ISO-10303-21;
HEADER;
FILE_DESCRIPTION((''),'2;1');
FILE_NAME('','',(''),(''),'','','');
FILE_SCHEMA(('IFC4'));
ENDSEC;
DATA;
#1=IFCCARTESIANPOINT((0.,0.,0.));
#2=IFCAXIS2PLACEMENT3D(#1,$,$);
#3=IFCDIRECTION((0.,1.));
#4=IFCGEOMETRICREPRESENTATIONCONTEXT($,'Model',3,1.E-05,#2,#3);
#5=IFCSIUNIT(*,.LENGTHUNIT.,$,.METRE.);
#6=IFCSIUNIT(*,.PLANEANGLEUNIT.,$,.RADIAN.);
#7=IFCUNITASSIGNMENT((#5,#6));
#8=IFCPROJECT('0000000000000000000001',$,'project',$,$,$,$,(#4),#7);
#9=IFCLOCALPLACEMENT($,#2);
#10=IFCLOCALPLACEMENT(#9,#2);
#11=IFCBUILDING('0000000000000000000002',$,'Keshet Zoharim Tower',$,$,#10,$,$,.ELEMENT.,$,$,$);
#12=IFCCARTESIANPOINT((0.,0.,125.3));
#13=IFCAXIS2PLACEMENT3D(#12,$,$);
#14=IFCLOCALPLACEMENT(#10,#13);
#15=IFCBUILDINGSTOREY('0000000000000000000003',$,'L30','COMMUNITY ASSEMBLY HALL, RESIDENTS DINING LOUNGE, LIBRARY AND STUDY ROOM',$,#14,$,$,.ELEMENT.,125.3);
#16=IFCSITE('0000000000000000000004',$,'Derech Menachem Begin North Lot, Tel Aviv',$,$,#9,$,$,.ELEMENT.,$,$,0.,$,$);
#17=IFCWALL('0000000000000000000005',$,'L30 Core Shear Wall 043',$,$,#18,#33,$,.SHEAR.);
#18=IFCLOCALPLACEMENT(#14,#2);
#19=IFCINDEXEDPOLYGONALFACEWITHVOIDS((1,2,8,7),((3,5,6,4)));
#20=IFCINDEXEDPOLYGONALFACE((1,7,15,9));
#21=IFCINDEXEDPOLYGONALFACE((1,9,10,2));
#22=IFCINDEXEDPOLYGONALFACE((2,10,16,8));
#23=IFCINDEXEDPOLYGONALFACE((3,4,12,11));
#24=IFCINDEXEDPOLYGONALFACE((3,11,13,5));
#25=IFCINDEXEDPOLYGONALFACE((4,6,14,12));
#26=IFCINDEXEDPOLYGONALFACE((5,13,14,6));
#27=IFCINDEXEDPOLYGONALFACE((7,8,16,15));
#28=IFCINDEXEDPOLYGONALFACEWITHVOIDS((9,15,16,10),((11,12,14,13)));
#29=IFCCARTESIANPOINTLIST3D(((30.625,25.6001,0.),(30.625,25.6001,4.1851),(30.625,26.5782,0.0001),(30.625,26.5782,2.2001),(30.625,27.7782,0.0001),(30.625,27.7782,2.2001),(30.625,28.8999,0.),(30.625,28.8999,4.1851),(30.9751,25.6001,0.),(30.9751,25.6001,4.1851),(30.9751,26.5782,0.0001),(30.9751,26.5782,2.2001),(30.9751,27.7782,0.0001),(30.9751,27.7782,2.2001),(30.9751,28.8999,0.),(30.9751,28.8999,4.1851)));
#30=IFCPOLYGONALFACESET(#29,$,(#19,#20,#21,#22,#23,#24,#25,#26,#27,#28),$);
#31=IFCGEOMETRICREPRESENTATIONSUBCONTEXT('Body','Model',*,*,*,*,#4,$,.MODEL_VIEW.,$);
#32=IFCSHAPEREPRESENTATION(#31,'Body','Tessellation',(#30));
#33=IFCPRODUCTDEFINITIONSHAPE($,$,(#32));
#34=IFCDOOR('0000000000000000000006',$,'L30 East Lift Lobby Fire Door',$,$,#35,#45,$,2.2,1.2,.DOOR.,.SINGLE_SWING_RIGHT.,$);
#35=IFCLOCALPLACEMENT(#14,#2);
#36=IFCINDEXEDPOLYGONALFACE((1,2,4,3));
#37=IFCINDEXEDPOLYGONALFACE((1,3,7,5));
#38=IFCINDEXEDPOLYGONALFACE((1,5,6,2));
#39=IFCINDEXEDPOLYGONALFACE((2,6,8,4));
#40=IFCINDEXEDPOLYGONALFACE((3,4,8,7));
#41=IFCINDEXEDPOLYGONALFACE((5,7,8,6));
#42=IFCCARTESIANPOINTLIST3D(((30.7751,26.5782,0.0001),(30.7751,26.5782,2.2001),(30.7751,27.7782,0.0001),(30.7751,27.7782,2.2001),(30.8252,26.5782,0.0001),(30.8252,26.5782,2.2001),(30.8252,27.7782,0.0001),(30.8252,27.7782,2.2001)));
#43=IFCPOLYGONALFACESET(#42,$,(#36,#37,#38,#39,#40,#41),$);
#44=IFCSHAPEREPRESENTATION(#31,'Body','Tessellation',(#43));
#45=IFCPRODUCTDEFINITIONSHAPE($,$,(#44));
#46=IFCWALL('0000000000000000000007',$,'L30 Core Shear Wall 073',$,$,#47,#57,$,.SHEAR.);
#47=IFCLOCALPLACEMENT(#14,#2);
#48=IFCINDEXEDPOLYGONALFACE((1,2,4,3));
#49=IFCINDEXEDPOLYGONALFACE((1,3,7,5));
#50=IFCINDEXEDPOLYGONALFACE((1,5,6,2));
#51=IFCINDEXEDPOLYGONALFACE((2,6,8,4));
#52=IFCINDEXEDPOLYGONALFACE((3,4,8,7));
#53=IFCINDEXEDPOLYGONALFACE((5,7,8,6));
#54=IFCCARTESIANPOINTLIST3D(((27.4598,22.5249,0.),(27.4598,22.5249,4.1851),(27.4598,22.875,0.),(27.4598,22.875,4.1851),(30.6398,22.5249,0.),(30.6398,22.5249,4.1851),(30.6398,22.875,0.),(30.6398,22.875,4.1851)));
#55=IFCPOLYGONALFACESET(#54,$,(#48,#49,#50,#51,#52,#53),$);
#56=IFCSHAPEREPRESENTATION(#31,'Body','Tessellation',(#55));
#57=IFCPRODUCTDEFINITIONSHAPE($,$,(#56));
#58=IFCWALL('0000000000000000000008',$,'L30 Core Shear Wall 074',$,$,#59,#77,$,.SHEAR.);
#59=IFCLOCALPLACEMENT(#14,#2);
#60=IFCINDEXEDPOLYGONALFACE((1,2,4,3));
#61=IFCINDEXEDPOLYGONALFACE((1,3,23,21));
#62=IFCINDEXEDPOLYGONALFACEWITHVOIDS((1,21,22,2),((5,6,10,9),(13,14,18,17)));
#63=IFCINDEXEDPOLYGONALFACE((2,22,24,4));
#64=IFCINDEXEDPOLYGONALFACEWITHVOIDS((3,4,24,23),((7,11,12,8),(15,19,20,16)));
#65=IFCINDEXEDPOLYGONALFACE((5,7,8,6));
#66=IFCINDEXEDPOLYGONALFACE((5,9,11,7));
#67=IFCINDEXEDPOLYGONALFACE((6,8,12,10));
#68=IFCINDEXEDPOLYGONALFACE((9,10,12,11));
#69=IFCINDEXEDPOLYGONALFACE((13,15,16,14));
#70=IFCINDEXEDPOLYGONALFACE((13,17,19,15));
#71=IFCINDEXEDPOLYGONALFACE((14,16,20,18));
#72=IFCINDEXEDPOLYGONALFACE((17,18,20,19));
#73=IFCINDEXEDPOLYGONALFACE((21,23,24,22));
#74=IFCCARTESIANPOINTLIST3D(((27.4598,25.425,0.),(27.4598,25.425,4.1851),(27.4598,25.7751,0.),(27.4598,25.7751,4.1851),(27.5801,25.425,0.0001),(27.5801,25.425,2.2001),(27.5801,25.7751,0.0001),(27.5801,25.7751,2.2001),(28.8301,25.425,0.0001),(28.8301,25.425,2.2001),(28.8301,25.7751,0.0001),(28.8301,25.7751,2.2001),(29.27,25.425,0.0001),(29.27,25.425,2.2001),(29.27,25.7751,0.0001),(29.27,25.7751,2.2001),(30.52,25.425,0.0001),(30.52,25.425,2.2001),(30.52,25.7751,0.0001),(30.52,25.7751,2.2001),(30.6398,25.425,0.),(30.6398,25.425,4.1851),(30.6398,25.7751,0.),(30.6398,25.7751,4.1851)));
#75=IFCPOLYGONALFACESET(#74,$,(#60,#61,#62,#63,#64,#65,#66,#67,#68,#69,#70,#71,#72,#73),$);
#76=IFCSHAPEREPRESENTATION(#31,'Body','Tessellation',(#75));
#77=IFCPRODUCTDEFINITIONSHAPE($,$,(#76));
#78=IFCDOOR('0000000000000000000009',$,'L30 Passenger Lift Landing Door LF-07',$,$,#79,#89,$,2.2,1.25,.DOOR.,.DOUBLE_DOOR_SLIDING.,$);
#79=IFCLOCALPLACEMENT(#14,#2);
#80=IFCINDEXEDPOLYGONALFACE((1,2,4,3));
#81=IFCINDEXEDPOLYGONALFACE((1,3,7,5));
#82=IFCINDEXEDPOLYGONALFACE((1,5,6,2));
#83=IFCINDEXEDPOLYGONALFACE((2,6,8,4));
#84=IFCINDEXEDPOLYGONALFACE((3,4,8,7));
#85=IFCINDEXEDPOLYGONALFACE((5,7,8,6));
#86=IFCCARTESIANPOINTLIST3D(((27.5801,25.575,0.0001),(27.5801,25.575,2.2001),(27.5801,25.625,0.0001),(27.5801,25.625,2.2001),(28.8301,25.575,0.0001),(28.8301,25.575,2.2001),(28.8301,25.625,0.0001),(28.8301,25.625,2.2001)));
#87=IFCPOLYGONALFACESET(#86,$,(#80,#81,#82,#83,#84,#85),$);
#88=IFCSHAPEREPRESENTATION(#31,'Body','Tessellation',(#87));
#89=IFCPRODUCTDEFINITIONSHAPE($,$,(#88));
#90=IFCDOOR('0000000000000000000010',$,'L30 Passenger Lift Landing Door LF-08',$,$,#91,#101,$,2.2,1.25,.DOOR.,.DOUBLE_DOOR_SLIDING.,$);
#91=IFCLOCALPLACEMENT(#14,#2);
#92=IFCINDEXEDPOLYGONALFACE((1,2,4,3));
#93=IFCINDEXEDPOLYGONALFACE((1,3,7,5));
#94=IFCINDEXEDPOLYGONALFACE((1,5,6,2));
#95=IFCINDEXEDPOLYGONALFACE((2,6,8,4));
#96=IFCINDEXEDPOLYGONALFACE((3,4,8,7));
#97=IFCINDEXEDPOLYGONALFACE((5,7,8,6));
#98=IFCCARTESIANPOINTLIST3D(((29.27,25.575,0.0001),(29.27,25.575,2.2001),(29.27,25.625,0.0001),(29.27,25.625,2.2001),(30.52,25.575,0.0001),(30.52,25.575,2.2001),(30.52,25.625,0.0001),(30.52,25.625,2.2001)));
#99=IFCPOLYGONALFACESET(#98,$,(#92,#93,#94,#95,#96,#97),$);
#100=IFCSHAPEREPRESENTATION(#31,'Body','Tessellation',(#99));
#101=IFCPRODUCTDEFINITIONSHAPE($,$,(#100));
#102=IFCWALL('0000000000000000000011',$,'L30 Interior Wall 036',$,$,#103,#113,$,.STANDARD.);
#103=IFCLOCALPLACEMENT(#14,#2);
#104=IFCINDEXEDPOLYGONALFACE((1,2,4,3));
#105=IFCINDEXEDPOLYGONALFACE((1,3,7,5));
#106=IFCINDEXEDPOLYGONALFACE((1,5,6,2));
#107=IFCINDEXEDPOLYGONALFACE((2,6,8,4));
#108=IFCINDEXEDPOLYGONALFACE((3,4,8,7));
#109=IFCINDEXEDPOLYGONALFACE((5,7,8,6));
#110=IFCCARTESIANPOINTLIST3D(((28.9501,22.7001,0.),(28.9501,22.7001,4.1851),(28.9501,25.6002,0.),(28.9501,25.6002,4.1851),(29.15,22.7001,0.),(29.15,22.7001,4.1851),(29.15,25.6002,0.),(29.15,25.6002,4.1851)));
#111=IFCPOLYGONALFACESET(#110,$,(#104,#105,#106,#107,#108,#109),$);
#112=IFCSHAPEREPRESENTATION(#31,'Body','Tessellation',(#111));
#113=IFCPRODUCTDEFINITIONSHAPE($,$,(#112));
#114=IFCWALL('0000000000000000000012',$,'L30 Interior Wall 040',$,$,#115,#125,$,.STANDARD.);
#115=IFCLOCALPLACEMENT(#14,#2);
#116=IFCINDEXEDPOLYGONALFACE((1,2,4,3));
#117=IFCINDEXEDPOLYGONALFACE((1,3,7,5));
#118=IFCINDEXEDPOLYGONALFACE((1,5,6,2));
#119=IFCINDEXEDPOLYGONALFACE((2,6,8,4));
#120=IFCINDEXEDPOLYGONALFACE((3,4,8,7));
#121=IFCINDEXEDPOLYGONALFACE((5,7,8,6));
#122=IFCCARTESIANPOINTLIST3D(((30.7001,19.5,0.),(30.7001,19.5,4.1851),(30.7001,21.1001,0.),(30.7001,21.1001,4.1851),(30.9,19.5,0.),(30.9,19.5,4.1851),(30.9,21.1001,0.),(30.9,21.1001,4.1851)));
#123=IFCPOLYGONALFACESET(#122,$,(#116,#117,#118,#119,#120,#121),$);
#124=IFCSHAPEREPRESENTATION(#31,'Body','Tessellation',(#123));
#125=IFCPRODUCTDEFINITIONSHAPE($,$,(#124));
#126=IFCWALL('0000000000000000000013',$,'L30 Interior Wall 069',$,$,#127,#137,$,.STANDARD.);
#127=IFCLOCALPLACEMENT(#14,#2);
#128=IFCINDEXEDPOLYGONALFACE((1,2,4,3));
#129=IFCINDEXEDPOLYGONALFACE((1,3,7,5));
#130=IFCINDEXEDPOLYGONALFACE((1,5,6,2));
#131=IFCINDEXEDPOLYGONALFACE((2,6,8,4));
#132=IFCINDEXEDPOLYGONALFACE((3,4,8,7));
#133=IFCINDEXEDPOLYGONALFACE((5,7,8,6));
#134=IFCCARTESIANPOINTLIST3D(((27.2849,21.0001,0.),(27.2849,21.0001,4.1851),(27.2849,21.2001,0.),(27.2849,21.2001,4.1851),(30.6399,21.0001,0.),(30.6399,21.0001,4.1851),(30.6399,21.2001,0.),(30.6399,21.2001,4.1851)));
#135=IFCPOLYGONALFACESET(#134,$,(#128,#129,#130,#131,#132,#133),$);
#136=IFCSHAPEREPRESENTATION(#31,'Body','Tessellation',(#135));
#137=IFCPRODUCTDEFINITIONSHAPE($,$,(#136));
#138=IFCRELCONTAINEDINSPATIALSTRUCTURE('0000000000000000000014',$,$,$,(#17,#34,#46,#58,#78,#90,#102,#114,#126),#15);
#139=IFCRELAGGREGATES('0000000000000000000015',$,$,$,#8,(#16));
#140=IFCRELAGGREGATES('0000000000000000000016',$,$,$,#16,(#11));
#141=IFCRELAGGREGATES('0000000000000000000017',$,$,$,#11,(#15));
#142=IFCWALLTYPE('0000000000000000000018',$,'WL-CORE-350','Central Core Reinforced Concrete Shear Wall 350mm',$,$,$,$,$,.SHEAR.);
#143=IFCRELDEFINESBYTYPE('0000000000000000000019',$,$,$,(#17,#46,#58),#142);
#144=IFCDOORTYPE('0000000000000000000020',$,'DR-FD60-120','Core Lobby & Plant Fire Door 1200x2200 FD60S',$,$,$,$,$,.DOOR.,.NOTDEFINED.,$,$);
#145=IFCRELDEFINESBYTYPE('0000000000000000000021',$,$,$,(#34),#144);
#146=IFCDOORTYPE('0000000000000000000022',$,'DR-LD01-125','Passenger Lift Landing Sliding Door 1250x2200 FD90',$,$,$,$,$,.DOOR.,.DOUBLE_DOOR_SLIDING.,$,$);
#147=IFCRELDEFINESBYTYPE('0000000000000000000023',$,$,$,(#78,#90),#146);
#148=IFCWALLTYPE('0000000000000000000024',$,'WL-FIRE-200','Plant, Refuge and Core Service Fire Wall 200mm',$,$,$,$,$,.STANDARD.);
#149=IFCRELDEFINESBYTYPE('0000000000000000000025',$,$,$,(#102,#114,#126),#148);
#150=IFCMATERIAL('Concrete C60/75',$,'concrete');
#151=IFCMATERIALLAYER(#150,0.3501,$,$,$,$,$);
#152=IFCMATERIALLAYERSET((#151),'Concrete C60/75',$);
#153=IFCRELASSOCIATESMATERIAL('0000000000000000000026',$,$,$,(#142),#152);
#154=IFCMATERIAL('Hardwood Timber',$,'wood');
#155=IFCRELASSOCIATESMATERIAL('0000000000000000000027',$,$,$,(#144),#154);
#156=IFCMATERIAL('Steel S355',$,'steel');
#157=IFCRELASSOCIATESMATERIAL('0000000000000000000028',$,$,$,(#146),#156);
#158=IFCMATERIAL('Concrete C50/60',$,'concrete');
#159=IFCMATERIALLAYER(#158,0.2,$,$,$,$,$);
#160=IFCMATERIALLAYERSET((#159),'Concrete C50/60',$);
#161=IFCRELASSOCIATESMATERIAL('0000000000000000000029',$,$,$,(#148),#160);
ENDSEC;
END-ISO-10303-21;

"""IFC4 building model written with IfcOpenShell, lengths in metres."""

from ifc_helpers import new_model, si_unit, direction, frame, frame_2d, origin, place, context, subcontext, project, spatial, rectangle, extrude, material, layer, layer_set, type_object, element, fill, save


model = new_model("IFC4")

# Units and contexts
model_context = context("Model", 3, precision=1e-05, world=origin(), true_north=direction((0.0, 1.0)))
body_context = subcontext(model_context, "Body", "Model", "MODEL_VIEW")
ifc_project = project(units=[si_unit("LENGTHUNIT", "METRE"), si_unit("PLANEANGLEUNIT", "RADIAN")], contexts=[model_context])

# Site, building, storey
site_placement = place(None, origin())
site = spatial("IfcSite", under=ifc_project, at=site_placement, Name="Derech Menachem Begin North Lot, Tel Aviv", CompositionType="ELEMENT", RefElevation=0.0)
building_placement = place(site_placement, origin())
building = spatial("IfcBuilding", under=site, at=building_placement, Name="Keshet Zoharim Tower", CompositionType="ELEMENT")
storey_placement = place(building_placement, frame((0.0, 0.0, 125.3)))
storey = spatial("IfcBuildingStorey", under=building, at=storey_placement, Name="L30", Description="COMMUNITY ASSEMBLY HALL, RESIDENTS DINING LOUNGE, LIBRARY AND STUDY ROOM", CompositionType="ELEMENT", Elevation=125.3)

# Shared definitions
ifc_material_1 = material(Name="Concrete C60/75", Category="concrete")

# Shared definitions
ifc_material_2 = material(Name="Steel S355", Category="steel")

# Shared definitions
ifc_material_3 = material(Name="Hardwood Timber", Category="wood")

# Shared definitions
ifc_layer_1 = layer(ifc_material_1, 0.3501)
ifc_layer_set_1 = layer_set([ifc_layer_1], Name="Concrete C60/75")
wall_type_1 = type_object("IfcWallType", Name="WL-CORE-350", Description="Central Core Reinforced Concrete Shear Wall 350mm", PredefinedType="SHEAR", material=ifc_layer_set_1)

# Wall, opening, door
wall_1_placement = place(storey_placement, frame((30.8, 25.6001, 0.0), z_axis=(0.0, 0.0, 1.0), x_axis=(0.0, 1.0, 0.0)))
wall_1 = element("IfcWall", 1, at=wall_1_placement, inside=storey, type_object=wall_type_1, Name="L30 Core Shear Wall 043", PredefinedType="SHEAR", context=body_context, shape_type="SweptSolid", body=[
    extrude(rectangle(XDim=3.2998, YDim=0.3501, at=frame_2d((1.6499, 0.0))), origin(), (0.0, 0.0, 1.0), 4.1851),
])
opening_1_placement = place(wall_1_placement, frame((0.978, 0.0, 0.0)))
opening_1 = element("IfcOpeningElement", 2, at=opening_1_placement, cuts=wall_1, PredefinedType="OPENING", context=body_context, shape_type="SweptSolid", body=[
    extrude(rectangle(XDim=1.2, YDim=2.2, at=frame_2d((0.6001, 1.1001))), frame((0.0, 0.1851, 0.0), z_axis=(0.0, -1.0, 0.0), x_axis=(1.0, 0.0, 0.0)), (0.0, 0.0, 1.0), 0.3701),
])
door_type_1 = type_object("IfcDoorType", Name="DR-FD60-120", Description="Core Lobby & Plant Fire Door 1200x2200 FD60S", OperationType="NOTDEFINED", PredefinedType="DOOR", material=ifc_material_3)
door_1_placement = place(opening_1_placement, origin())
door_1 = element("IfcDoor", 3, at=door_1_placement, inside=storey, type_object=door_type_1, Name="L30 East Lift Lobby Fire Door", OperationType="SINGLE_SWING_RIGHT", OverallHeight=2.2, OverallWidth=1.2, PredefinedType="DOOR", context=body_context, shape_type="SweptSolid", body=[
    extrude(rectangle(XDim=1.2, YDim=2.2, at=frame_2d((0.6001, 1.1001))), frame((0.0, 0.0249, 0.0), z_axis=(0.0, -1.0, 0.0), x_axis=(1.0, 0.0, 0.0)), (0.0, 0.0, 1.0), 0.05),
])
fill(opening_1, door_1)

# Wall
wall_2_placement = place(storey_placement, frame((27.46, 22.7, 0.0), z_axis=(0.0, 0.0, 1.0), x_axis=(1.0, 0.0, 0.0)))
element("IfcWall", 4, at=wall_2_placement, inside=storey, type_object=wall_type_1, Name="L30 Core Shear Wall 073", PredefinedType="SHEAR", context=body_context, shape_type="SweptSolid", body=[
    extrude(rectangle(XDim=3.1799, YDim=0.3501, at=frame_2d((1.5898, 0.0))), origin(), (0.0, 0.0, 1.0), 4.1851),
])

# Wall, openings, doors
wall_3_placement = place(storey_placement, frame((27.46, 25.6001, 0.0), z_axis=(0.0, 0.0, 1.0), x_axis=(1.0, 0.0, 0.0)))
wall_3 = element("IfcWall", 5, at=wall_3_placement, inside=storey, type_object=wall_type_1, Name="L30 Core Shear Wall 074", PredefinedType="SHEAR", context=body_context, shape_type="SweptSolid", body=[
    extrude(rectangle(XDim=3.1799, YDim=0.3501, at=frame_2d((1.5898, 0.0))), origin(), (0.0, 0.0, 1.0), 4.1851),
])
opening_2_placement = place(wall_3_placement, frame((0.1201, 0.0, 0.0)))
opening_2 = element("IfcOpeningElement", 6, at=opening_2_placement, cuts=wall_3, PredefinedType="OPENING", context=body_context, shape_type="SweptSolid", body=[
    extrude(rectangle(XDim=1.25, YDim=2.2, at=frame_2d((0.625, 1.1001))), frame((0.0, 0.1851, 0.0), z_axis=(0.0, -1.0, 0.0), x_axis=(1.0, 0.0, 0.0)), (0.0, 0.0, 1.0), 0.3701),
])
opening_3_placement = place(wall_3_placement, frame((1.8101, 0.0, 0.0)))
opening_3 = element("IfcOpeningElement", 7, at=opening_3_placement, cuts=wall_3, PredefinedType="OPENING", context=body_context, shape_type="SweptSolid", body=[
    extrude(rectangle(XDim=1.25, YDim=2.2, at=frame_2d((0.625, 1.1001))), frame((0.0, 0.1851, 0.0), z_axis=(0.0, -1.0, 0.0), x_axis=(1.0, 0.0, 0.0)), (0.0, 0.0, 1.0), 0.3701),
])
door_type_2 = type_object("IfcDoorType", Name="DR-LD01-125", Description="Passenger Lift Landing Sliding Door 1250x2200 FD90", OperationType="DOUBLE_DOOR_SLIDING", PredefinedType="DOOR", material=ifc_material_2)
door_2_placement = place(opening_2_placement, origin())
door_2 = element("IfcDoor", 8, at=door_2_placement, inside=storey, type_object=door_type_2, Name="L30 Passenger Lift Landing Door LF-07", OperationType="DOUBLE_DOOR_SLIDING", OverallHeight=2.2, OverallWidth=1.25, PredefinedType="DOOR", context=body_context, shape_type="SweptSolid", body=[
    extrude(rectangle(XDim=1.25, YDim=2.2, at=frame_2d((0.625, 1.1001))), frame((0.0, 0.0249, 0.0), z_axis=(0.0, -1.0, 0.0), x_axis=(1.0, 0.0, 0.0)), (0.0, 0.0, 1.0), 0.05),
])
fill(opening_2, door_2)
door_3_placement = place(opening_3_placement, origin())
door_3 = element("IfcDoor", 9, at=door_3_placement, inside=storey, type_object=door_type_2, Name="L30 Passenger Lift Landing Door LF-08", OperationType="DOUBLE_DOOR_SLIDING", OverallHeight=2.2, OverallWidth=1.25, PredefinedType="DOOR", context=body_context, shape_type="SweptSolid", body=[
    extrude(rectangle(XDim=1.25, YDim=2.2, at=frame_2d((0.625, 1.1001))), frame((0.0, 0.0249, 0.0), z_axis=(0.0, -1.0, 0.0), x_axis=(1.0, 0.0, 0.0)), (0.0, 0.0, 1.0), 0.05),
])
fill(opening_3, door_3)

# Walls
ifc_material_4 = material(Name="Concrete C50/60", Category="concrete")
ifc_layer_2 = layer(ifc_material_4, 0.2)
ifc_layer_set_2 = layer_set([ifc_layer_2], Name="Concrete C50/60")
wall_type_2 = type_object("IfcWallType", Name="WL-FIRE-200", Description="Plant, Refuge and Core Service Fire Wall 200mm", PredefinedType="STANDARD", material=ifc_layer_set_2)
wall_4_placement = place(storey_placement, frame((29.05, 22.7, 0.0), z_axis=(0.0, 0.0, 1.0), x_axis=(0.0, 1.0, 0.0)))
element("IfcWall", 10, at=wall_4_placement, inside=storey, type_object=wall_type_2, Name="L30 Interior Wall 036", PredefinedType="STANDARD", context=body_context, shape_type="SweptSolid", body=[
    extrude(rectangle(XDim=2.9001, YDim=0.2, at=frame_2d((1.4502, 0.0))), origin(), (0.0, 0.0, 1.0), 4.1851),
])
wall_5_placement = place(storey_placement, frame((30.8, 19.5, 0.0), z_axis=(0.0, 0.0, 1.0), x_axis=(0.0, 1.0, 0.0)))
element("IfcWall", 11, at=wall_5_placement, inside=storey, type_object=wall_type_2, Name="L30 Interior Wall 040", PredefinedType="STANDARD", context=body_context, shape_type="SweptSolid", body=[
    extrude(rectangle(XDim=1.6001, YDim=0.2, at=frame_2d((0.8, 0.0))), origin(), (0.0, 0.0, 1.0), 4.1851),
])

# Wall
wall_6_placement = place(storey_placement, frame((27.2849, 21.1001, 0.0), z_axis=(0.0, 0.0, 1.0), x_axis=(1.0, 0.0, 0.0)))
element("IfcWall", 12, at=wall_6_placement, inside=storey, type_object=wall_type_2, Name="L30 Interior Wall 069", PredefinedType="STANDARD", context=body_context, shape_type="SweptSolid", body=[
    extrude(rectangle(XDim=3.355, YDim=0.2, at=frame_2d((1.6775, 0.0))), origin(), (0.0, 0.0, 1.0), 4.1851),
])

save(model, "model.ifc")
